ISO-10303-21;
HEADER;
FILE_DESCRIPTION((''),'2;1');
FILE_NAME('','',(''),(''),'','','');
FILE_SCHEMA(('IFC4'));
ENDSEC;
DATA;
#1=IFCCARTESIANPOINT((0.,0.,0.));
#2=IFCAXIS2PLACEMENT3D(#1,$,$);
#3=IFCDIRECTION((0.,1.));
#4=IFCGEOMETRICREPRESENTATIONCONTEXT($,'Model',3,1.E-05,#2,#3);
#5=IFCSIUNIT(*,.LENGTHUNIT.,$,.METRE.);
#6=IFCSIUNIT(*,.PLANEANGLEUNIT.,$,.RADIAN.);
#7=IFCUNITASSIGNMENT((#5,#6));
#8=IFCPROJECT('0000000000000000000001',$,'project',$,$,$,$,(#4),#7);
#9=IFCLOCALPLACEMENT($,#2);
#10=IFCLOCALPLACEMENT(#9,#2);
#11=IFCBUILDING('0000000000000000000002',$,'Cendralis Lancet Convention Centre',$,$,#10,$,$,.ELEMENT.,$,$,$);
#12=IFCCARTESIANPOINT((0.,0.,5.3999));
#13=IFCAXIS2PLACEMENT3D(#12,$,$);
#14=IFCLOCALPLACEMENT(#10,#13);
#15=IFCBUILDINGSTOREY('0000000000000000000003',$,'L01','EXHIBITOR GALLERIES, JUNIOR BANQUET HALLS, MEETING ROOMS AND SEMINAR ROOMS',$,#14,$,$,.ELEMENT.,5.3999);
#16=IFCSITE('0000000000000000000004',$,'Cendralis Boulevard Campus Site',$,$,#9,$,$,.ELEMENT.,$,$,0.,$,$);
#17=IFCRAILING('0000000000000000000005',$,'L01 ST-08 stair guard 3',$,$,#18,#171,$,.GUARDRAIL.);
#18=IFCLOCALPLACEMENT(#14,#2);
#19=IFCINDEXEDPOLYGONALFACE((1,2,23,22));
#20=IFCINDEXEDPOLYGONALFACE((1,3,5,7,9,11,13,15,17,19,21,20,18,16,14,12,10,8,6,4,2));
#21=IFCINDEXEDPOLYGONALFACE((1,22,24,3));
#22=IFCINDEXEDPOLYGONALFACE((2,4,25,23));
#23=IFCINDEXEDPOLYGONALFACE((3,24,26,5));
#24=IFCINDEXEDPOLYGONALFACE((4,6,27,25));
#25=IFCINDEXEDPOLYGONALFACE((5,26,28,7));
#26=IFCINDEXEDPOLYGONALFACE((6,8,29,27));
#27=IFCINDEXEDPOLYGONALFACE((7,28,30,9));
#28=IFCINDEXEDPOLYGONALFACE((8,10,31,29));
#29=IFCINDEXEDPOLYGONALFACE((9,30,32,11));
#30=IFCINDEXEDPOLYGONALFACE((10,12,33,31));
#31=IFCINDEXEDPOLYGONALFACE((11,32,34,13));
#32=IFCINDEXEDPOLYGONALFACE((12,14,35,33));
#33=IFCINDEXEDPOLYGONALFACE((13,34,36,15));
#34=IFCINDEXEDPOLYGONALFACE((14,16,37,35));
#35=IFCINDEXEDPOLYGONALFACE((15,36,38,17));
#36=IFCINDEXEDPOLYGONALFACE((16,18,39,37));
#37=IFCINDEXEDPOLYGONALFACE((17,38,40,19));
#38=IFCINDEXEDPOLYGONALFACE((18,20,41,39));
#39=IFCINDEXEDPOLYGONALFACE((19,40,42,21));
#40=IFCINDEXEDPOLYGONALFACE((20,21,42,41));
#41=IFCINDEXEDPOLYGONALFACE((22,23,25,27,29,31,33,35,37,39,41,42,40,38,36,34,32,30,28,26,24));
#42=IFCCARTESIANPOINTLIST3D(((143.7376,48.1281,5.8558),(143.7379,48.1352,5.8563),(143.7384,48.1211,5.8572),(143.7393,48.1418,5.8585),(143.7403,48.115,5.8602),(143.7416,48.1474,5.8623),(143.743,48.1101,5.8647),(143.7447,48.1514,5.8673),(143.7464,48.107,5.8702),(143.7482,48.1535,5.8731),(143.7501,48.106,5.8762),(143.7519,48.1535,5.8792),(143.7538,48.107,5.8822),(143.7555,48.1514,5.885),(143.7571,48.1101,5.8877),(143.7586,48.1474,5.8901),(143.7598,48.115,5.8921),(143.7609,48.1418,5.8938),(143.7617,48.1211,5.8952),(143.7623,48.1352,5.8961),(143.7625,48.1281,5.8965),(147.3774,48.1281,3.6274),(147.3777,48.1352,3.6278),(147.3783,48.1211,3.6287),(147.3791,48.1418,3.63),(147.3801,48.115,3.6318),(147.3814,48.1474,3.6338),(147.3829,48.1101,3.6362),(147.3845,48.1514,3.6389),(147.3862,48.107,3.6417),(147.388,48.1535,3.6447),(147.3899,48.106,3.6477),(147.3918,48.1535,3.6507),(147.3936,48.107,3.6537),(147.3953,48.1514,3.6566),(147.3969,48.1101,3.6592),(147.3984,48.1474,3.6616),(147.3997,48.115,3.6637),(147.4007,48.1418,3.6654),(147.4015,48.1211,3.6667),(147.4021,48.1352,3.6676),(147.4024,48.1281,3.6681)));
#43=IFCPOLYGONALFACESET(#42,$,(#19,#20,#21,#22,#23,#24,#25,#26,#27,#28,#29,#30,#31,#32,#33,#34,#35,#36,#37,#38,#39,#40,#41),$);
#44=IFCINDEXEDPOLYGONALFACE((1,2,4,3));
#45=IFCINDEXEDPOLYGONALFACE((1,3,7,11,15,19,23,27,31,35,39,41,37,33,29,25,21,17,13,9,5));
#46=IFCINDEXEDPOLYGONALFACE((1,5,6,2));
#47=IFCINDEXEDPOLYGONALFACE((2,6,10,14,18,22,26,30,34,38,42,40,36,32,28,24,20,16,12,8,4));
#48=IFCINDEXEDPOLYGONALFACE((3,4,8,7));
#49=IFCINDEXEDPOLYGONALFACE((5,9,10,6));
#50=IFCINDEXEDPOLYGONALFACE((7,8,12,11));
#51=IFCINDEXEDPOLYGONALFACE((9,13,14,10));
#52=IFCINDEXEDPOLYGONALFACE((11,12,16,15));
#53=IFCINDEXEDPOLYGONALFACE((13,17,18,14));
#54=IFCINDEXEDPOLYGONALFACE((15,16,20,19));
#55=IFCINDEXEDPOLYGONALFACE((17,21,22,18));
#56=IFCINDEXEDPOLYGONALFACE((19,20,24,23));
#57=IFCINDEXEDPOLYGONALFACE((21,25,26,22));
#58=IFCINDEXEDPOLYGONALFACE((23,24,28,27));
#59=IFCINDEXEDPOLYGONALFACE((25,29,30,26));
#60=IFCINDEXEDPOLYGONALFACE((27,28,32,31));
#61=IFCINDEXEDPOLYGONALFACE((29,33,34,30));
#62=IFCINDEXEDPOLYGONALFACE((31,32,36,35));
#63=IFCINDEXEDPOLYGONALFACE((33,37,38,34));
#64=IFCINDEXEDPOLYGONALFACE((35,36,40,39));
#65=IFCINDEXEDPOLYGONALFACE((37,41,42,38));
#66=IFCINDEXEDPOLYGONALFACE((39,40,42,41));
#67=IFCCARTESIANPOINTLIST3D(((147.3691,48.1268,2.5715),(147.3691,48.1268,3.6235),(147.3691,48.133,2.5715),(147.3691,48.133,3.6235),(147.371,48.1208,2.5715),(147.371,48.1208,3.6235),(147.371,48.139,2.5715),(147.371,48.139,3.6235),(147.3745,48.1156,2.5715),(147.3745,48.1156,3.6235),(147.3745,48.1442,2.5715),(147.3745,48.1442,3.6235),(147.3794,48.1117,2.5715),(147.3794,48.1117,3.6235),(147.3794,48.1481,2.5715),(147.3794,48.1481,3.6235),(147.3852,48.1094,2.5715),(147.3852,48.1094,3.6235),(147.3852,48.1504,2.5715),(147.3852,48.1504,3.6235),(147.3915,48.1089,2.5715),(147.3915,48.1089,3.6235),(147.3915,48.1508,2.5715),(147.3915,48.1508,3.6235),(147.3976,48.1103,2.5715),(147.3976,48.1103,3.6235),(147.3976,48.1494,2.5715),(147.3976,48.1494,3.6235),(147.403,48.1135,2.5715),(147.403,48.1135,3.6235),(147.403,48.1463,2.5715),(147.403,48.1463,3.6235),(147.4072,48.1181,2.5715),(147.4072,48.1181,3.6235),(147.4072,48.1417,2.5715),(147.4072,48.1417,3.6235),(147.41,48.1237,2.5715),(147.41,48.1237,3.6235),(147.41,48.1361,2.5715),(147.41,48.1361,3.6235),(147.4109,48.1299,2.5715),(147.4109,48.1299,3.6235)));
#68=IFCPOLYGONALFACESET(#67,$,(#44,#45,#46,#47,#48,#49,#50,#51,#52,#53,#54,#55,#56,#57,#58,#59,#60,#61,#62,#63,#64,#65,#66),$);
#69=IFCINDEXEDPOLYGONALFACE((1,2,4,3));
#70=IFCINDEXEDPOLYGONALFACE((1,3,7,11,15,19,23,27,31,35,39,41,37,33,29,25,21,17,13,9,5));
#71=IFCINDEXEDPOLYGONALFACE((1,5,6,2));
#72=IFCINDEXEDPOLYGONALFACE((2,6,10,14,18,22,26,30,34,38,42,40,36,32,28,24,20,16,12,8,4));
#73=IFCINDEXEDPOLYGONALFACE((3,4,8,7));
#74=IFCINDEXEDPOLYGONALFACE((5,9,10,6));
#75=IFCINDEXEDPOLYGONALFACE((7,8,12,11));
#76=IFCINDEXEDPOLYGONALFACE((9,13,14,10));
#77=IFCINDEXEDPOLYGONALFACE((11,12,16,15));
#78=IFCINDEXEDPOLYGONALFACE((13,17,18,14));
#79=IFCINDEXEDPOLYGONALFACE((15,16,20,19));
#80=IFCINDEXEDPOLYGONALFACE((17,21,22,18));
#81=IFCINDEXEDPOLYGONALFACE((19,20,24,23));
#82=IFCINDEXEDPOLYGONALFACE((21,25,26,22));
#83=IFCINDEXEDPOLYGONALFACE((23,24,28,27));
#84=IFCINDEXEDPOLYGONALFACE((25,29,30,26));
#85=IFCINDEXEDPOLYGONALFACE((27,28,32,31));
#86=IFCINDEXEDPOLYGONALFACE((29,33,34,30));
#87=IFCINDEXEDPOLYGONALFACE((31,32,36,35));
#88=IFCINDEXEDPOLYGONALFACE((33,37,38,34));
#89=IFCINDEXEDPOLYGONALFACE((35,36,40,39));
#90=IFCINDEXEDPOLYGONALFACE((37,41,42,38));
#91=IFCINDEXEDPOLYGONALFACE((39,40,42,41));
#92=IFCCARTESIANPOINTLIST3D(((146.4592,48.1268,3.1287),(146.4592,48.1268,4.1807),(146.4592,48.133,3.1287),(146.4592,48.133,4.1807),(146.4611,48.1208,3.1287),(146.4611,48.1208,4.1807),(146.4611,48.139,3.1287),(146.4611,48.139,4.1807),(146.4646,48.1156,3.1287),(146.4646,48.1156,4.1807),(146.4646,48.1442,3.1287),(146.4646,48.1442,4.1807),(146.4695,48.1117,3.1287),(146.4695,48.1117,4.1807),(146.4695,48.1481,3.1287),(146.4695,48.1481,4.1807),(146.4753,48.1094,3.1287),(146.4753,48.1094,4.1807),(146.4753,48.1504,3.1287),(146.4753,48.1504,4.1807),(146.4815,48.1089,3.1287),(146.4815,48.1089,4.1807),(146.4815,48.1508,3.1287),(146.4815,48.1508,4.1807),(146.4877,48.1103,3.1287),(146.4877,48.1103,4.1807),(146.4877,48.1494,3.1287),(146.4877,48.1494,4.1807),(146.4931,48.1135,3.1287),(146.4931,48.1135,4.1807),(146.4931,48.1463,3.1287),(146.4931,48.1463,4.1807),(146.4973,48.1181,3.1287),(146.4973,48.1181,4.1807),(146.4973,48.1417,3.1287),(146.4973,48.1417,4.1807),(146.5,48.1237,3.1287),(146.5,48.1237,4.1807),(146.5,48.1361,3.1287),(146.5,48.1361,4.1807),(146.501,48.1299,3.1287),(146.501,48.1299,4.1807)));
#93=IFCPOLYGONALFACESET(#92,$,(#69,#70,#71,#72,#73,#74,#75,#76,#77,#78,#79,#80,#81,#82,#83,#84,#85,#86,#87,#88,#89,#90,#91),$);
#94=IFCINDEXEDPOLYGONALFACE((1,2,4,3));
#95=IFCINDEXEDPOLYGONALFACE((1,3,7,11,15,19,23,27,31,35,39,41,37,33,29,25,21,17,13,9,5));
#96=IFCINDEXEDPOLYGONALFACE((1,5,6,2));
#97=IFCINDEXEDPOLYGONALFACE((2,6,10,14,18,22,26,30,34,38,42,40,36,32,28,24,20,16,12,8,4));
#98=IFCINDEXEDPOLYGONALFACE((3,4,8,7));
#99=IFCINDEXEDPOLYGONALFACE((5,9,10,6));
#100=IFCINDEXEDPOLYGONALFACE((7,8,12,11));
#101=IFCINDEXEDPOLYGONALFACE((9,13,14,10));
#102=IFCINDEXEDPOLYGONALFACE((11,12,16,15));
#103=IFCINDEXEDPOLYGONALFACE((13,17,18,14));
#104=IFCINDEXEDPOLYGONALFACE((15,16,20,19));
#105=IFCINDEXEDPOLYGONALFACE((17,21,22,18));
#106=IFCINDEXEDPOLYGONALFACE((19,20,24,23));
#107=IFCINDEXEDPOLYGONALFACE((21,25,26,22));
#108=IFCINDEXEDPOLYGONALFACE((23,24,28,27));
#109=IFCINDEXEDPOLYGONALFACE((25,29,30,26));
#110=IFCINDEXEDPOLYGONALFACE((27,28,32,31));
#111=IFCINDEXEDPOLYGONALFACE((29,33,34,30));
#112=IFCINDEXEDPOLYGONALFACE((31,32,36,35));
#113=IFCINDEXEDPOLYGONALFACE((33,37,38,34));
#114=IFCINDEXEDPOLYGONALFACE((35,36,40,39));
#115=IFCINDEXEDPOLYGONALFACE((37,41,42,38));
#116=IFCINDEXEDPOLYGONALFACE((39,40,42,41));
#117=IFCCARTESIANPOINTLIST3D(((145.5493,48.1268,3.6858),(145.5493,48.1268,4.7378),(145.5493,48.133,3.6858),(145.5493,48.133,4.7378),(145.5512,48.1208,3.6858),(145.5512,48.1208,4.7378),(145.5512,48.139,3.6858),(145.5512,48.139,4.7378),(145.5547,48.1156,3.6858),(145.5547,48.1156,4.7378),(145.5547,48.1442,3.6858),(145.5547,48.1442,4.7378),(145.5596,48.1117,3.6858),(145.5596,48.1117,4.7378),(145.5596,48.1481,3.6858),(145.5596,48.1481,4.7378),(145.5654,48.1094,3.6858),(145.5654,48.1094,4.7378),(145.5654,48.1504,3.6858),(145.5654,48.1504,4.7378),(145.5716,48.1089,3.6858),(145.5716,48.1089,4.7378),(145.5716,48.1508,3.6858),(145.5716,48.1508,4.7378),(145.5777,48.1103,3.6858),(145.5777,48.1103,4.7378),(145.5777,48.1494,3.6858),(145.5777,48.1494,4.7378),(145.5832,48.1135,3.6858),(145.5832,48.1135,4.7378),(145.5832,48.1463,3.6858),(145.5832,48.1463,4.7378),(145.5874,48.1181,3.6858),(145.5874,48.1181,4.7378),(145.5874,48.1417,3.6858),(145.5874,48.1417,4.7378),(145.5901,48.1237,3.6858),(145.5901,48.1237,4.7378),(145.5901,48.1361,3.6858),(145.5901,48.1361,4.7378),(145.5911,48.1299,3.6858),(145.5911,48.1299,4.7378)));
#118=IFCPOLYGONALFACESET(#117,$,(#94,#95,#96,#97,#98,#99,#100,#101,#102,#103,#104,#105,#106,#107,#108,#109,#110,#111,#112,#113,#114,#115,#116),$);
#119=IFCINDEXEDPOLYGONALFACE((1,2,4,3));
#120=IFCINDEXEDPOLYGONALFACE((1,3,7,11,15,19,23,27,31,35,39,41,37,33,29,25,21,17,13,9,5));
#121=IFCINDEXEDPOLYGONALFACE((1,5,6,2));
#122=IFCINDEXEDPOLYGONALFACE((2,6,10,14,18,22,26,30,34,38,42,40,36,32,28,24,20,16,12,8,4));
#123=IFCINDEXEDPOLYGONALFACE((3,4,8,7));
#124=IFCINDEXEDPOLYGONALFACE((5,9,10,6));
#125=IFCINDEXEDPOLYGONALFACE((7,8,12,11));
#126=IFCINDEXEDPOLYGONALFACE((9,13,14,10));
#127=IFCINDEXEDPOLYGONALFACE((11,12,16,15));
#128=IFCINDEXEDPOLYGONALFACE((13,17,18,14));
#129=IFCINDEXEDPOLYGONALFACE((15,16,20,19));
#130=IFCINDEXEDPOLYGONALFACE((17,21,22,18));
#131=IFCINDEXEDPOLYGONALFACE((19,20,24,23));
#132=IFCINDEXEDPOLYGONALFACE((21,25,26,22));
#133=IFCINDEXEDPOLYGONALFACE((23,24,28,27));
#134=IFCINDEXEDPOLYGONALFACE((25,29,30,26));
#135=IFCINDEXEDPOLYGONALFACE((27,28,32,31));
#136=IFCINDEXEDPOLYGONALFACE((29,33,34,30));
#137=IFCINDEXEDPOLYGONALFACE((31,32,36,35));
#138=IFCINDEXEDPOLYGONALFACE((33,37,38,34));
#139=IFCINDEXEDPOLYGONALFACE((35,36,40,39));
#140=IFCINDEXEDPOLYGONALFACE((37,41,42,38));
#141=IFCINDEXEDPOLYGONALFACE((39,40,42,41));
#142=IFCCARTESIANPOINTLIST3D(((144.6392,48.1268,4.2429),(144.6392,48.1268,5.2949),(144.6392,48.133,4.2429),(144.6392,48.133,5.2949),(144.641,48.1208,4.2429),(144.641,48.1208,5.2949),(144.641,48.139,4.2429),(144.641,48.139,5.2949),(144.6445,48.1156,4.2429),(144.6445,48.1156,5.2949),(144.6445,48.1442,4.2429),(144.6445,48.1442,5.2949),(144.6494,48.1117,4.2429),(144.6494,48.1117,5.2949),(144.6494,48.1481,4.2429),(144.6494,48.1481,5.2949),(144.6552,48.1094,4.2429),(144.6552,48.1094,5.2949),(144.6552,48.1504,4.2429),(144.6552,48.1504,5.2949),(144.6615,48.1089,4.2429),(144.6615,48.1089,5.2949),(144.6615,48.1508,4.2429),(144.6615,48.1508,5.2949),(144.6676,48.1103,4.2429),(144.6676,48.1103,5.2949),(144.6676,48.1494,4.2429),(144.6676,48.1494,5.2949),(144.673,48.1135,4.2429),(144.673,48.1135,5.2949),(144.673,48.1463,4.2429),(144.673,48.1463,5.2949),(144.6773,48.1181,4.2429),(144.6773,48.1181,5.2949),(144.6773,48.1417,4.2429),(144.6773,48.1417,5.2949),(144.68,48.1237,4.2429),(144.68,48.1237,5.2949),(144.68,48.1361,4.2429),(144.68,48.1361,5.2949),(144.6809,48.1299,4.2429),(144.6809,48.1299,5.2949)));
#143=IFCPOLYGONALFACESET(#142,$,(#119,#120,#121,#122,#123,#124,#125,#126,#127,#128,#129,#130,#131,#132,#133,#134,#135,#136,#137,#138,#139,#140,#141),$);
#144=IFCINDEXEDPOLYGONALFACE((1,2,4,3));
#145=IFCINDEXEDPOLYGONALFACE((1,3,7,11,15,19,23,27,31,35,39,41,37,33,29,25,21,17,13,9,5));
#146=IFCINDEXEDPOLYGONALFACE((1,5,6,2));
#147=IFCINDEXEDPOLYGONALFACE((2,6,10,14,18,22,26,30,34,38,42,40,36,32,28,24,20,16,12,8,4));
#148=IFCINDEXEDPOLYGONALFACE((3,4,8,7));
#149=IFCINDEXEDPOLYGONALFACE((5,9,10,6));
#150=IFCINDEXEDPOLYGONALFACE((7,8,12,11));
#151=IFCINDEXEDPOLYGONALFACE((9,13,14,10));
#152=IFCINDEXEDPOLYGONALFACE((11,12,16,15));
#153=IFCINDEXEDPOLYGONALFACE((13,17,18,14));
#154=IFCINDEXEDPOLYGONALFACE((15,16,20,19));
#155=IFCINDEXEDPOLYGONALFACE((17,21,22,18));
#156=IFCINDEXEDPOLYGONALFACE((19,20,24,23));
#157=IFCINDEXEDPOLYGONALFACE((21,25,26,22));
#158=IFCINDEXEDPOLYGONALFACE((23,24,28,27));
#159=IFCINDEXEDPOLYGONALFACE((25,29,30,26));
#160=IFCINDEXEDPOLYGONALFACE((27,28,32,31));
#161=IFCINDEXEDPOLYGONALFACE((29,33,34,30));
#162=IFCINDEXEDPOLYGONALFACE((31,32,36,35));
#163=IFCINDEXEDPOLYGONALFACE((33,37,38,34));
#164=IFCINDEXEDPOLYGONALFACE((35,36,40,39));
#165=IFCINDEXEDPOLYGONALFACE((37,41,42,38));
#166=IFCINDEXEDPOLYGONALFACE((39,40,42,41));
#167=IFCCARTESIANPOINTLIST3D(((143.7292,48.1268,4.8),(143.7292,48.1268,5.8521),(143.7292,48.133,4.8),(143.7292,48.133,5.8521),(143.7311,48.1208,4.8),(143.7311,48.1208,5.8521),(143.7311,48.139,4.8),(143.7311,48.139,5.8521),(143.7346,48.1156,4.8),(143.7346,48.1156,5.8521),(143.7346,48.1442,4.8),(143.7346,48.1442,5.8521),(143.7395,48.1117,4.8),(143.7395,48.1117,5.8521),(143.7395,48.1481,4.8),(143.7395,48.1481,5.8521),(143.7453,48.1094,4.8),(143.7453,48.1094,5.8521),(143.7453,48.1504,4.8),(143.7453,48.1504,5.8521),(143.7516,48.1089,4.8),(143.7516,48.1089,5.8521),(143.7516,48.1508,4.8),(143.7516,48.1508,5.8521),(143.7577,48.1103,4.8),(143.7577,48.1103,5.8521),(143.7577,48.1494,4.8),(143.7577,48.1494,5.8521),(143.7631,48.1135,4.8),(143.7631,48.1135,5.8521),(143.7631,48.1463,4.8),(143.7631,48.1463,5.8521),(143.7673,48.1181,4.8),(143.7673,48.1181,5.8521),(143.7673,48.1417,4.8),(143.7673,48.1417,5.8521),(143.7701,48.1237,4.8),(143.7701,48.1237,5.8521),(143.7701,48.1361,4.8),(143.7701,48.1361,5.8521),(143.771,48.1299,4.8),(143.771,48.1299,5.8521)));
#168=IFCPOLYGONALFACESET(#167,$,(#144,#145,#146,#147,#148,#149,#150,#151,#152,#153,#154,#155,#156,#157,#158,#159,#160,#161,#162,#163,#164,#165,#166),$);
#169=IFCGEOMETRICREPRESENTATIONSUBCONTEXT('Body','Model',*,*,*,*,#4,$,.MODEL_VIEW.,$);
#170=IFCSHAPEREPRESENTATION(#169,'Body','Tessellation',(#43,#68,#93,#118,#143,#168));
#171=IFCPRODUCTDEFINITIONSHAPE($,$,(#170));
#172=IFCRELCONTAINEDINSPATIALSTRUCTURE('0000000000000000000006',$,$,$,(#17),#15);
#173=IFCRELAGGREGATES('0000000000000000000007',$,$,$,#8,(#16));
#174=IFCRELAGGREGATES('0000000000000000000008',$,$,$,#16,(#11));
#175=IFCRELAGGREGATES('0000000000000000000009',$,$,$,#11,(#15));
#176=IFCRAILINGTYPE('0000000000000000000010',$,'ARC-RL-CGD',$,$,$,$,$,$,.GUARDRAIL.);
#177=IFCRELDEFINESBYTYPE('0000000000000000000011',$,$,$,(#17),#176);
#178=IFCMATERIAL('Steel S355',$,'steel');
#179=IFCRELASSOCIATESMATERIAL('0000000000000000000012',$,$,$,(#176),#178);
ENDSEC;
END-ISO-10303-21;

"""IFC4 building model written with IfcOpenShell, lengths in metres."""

from ifc_helpers import new_model, si_unit, direction, frame, origin, origin_2d, place, context, subcontext, project, spatial, circle, extrude, material, type_object, element, save


model = new_model("IFC4")

# Units and contexts
model_context = context("Model", 3, precision=1e-05, world=origin(), true_north=direction((0.0, 1.0)))
body_context = subcontext(model_context, "Body", "Model", "MODEL_VIEW")
ifc_project = project(units=[si_unit("LENGTHUNIT", "METRE"), si_unit("PLANEANGLEUNIT", "RADIAN")], contexts=[model_context])

# Site, building, storey
site_placement = place(None, origin())
site = spatial("IfcSite", under=ifc_project, at=site_placement, Name="Cendralis Boulevard Campus Site", CompositionType="ELEMENT", RefElevation=0.0)
building_placement = place(site_placement, origin())
building = spatial("IfcBuilding", under=site, at=building_placement, Name="Cendralis Lancet Convention Centre", CompositionType="ELEMENT")
storey_placement = place(building_placement, frame((0.0, 0.0, 5.3999)))
storey = spatial("IfcBuildingStorey", under=building, at=storey_placement, Name="L01", Description="EXHIBITOR GALLERIES, JUNIOR BANQUET HALLS, MEETING ROOMS AND SEMINAR ROOMS", CompositionType="ELEMENT", Elevation=5.3999)

# Shared definitions
ifc_material_1 = material(Name="Steel S355", Category="steel")

# Railing
railing_type_1 = type_object("IfcRailingType", Name="ARC-RL-CGD", PredefinedType="GUARDRAIL", material=ifc_material_1)
railing_1_placement = place(storey_placement, frame((147.3899, 48.1299, 2.5715)))
element("IfcRailing", 1, at=railing_1_placement, inside=storey, type_object=railing_type_1, Name="L01 ST-08 stair guard 3", PredefinedType="GUARDRAIL", context=body_context, shape_type="SweptSolid", body=[
    extrude(circle(Radius=0.0239, at=origin_2d()), frame((0.0, 0.0, 1.0762), z_axis=(-0.85285, 0.0, 0.522156), x_axis=(0.0, -1.0, 0.0)), (0.0, 0.0, 1.0), 4.2678),
    extrude(circle(Radius=0.021, at=origin_2d()), origin(), (0.0, 0.0, 1.0), 1.052),
    extrude(circle(Radius=0.021, at=origin_2d()), frame((-0.9099, 0.0, 0.5571)), (0.0, 0.0, 1.0), 1.052),
    extrude(circle(Radius=0.021, at=origin_2d()), frame((-1.8198, 0.0, 1.1143)), (0.0, 0.0, 1.0), 1.052),
    extrude(circle(Radius=0.021, at=origin_2d()), frame((-2.73, 0.0, 1.6714)), (0.0, 0.0, 1.0), 1.052),
    extrude(circle(Radius=0.021, at=origin_2d()), frame((-3.6399, 0.0, 2.2285)), (0.0, 0.0, 1.0), 1.052),
])

save(model, "model.ifc")
